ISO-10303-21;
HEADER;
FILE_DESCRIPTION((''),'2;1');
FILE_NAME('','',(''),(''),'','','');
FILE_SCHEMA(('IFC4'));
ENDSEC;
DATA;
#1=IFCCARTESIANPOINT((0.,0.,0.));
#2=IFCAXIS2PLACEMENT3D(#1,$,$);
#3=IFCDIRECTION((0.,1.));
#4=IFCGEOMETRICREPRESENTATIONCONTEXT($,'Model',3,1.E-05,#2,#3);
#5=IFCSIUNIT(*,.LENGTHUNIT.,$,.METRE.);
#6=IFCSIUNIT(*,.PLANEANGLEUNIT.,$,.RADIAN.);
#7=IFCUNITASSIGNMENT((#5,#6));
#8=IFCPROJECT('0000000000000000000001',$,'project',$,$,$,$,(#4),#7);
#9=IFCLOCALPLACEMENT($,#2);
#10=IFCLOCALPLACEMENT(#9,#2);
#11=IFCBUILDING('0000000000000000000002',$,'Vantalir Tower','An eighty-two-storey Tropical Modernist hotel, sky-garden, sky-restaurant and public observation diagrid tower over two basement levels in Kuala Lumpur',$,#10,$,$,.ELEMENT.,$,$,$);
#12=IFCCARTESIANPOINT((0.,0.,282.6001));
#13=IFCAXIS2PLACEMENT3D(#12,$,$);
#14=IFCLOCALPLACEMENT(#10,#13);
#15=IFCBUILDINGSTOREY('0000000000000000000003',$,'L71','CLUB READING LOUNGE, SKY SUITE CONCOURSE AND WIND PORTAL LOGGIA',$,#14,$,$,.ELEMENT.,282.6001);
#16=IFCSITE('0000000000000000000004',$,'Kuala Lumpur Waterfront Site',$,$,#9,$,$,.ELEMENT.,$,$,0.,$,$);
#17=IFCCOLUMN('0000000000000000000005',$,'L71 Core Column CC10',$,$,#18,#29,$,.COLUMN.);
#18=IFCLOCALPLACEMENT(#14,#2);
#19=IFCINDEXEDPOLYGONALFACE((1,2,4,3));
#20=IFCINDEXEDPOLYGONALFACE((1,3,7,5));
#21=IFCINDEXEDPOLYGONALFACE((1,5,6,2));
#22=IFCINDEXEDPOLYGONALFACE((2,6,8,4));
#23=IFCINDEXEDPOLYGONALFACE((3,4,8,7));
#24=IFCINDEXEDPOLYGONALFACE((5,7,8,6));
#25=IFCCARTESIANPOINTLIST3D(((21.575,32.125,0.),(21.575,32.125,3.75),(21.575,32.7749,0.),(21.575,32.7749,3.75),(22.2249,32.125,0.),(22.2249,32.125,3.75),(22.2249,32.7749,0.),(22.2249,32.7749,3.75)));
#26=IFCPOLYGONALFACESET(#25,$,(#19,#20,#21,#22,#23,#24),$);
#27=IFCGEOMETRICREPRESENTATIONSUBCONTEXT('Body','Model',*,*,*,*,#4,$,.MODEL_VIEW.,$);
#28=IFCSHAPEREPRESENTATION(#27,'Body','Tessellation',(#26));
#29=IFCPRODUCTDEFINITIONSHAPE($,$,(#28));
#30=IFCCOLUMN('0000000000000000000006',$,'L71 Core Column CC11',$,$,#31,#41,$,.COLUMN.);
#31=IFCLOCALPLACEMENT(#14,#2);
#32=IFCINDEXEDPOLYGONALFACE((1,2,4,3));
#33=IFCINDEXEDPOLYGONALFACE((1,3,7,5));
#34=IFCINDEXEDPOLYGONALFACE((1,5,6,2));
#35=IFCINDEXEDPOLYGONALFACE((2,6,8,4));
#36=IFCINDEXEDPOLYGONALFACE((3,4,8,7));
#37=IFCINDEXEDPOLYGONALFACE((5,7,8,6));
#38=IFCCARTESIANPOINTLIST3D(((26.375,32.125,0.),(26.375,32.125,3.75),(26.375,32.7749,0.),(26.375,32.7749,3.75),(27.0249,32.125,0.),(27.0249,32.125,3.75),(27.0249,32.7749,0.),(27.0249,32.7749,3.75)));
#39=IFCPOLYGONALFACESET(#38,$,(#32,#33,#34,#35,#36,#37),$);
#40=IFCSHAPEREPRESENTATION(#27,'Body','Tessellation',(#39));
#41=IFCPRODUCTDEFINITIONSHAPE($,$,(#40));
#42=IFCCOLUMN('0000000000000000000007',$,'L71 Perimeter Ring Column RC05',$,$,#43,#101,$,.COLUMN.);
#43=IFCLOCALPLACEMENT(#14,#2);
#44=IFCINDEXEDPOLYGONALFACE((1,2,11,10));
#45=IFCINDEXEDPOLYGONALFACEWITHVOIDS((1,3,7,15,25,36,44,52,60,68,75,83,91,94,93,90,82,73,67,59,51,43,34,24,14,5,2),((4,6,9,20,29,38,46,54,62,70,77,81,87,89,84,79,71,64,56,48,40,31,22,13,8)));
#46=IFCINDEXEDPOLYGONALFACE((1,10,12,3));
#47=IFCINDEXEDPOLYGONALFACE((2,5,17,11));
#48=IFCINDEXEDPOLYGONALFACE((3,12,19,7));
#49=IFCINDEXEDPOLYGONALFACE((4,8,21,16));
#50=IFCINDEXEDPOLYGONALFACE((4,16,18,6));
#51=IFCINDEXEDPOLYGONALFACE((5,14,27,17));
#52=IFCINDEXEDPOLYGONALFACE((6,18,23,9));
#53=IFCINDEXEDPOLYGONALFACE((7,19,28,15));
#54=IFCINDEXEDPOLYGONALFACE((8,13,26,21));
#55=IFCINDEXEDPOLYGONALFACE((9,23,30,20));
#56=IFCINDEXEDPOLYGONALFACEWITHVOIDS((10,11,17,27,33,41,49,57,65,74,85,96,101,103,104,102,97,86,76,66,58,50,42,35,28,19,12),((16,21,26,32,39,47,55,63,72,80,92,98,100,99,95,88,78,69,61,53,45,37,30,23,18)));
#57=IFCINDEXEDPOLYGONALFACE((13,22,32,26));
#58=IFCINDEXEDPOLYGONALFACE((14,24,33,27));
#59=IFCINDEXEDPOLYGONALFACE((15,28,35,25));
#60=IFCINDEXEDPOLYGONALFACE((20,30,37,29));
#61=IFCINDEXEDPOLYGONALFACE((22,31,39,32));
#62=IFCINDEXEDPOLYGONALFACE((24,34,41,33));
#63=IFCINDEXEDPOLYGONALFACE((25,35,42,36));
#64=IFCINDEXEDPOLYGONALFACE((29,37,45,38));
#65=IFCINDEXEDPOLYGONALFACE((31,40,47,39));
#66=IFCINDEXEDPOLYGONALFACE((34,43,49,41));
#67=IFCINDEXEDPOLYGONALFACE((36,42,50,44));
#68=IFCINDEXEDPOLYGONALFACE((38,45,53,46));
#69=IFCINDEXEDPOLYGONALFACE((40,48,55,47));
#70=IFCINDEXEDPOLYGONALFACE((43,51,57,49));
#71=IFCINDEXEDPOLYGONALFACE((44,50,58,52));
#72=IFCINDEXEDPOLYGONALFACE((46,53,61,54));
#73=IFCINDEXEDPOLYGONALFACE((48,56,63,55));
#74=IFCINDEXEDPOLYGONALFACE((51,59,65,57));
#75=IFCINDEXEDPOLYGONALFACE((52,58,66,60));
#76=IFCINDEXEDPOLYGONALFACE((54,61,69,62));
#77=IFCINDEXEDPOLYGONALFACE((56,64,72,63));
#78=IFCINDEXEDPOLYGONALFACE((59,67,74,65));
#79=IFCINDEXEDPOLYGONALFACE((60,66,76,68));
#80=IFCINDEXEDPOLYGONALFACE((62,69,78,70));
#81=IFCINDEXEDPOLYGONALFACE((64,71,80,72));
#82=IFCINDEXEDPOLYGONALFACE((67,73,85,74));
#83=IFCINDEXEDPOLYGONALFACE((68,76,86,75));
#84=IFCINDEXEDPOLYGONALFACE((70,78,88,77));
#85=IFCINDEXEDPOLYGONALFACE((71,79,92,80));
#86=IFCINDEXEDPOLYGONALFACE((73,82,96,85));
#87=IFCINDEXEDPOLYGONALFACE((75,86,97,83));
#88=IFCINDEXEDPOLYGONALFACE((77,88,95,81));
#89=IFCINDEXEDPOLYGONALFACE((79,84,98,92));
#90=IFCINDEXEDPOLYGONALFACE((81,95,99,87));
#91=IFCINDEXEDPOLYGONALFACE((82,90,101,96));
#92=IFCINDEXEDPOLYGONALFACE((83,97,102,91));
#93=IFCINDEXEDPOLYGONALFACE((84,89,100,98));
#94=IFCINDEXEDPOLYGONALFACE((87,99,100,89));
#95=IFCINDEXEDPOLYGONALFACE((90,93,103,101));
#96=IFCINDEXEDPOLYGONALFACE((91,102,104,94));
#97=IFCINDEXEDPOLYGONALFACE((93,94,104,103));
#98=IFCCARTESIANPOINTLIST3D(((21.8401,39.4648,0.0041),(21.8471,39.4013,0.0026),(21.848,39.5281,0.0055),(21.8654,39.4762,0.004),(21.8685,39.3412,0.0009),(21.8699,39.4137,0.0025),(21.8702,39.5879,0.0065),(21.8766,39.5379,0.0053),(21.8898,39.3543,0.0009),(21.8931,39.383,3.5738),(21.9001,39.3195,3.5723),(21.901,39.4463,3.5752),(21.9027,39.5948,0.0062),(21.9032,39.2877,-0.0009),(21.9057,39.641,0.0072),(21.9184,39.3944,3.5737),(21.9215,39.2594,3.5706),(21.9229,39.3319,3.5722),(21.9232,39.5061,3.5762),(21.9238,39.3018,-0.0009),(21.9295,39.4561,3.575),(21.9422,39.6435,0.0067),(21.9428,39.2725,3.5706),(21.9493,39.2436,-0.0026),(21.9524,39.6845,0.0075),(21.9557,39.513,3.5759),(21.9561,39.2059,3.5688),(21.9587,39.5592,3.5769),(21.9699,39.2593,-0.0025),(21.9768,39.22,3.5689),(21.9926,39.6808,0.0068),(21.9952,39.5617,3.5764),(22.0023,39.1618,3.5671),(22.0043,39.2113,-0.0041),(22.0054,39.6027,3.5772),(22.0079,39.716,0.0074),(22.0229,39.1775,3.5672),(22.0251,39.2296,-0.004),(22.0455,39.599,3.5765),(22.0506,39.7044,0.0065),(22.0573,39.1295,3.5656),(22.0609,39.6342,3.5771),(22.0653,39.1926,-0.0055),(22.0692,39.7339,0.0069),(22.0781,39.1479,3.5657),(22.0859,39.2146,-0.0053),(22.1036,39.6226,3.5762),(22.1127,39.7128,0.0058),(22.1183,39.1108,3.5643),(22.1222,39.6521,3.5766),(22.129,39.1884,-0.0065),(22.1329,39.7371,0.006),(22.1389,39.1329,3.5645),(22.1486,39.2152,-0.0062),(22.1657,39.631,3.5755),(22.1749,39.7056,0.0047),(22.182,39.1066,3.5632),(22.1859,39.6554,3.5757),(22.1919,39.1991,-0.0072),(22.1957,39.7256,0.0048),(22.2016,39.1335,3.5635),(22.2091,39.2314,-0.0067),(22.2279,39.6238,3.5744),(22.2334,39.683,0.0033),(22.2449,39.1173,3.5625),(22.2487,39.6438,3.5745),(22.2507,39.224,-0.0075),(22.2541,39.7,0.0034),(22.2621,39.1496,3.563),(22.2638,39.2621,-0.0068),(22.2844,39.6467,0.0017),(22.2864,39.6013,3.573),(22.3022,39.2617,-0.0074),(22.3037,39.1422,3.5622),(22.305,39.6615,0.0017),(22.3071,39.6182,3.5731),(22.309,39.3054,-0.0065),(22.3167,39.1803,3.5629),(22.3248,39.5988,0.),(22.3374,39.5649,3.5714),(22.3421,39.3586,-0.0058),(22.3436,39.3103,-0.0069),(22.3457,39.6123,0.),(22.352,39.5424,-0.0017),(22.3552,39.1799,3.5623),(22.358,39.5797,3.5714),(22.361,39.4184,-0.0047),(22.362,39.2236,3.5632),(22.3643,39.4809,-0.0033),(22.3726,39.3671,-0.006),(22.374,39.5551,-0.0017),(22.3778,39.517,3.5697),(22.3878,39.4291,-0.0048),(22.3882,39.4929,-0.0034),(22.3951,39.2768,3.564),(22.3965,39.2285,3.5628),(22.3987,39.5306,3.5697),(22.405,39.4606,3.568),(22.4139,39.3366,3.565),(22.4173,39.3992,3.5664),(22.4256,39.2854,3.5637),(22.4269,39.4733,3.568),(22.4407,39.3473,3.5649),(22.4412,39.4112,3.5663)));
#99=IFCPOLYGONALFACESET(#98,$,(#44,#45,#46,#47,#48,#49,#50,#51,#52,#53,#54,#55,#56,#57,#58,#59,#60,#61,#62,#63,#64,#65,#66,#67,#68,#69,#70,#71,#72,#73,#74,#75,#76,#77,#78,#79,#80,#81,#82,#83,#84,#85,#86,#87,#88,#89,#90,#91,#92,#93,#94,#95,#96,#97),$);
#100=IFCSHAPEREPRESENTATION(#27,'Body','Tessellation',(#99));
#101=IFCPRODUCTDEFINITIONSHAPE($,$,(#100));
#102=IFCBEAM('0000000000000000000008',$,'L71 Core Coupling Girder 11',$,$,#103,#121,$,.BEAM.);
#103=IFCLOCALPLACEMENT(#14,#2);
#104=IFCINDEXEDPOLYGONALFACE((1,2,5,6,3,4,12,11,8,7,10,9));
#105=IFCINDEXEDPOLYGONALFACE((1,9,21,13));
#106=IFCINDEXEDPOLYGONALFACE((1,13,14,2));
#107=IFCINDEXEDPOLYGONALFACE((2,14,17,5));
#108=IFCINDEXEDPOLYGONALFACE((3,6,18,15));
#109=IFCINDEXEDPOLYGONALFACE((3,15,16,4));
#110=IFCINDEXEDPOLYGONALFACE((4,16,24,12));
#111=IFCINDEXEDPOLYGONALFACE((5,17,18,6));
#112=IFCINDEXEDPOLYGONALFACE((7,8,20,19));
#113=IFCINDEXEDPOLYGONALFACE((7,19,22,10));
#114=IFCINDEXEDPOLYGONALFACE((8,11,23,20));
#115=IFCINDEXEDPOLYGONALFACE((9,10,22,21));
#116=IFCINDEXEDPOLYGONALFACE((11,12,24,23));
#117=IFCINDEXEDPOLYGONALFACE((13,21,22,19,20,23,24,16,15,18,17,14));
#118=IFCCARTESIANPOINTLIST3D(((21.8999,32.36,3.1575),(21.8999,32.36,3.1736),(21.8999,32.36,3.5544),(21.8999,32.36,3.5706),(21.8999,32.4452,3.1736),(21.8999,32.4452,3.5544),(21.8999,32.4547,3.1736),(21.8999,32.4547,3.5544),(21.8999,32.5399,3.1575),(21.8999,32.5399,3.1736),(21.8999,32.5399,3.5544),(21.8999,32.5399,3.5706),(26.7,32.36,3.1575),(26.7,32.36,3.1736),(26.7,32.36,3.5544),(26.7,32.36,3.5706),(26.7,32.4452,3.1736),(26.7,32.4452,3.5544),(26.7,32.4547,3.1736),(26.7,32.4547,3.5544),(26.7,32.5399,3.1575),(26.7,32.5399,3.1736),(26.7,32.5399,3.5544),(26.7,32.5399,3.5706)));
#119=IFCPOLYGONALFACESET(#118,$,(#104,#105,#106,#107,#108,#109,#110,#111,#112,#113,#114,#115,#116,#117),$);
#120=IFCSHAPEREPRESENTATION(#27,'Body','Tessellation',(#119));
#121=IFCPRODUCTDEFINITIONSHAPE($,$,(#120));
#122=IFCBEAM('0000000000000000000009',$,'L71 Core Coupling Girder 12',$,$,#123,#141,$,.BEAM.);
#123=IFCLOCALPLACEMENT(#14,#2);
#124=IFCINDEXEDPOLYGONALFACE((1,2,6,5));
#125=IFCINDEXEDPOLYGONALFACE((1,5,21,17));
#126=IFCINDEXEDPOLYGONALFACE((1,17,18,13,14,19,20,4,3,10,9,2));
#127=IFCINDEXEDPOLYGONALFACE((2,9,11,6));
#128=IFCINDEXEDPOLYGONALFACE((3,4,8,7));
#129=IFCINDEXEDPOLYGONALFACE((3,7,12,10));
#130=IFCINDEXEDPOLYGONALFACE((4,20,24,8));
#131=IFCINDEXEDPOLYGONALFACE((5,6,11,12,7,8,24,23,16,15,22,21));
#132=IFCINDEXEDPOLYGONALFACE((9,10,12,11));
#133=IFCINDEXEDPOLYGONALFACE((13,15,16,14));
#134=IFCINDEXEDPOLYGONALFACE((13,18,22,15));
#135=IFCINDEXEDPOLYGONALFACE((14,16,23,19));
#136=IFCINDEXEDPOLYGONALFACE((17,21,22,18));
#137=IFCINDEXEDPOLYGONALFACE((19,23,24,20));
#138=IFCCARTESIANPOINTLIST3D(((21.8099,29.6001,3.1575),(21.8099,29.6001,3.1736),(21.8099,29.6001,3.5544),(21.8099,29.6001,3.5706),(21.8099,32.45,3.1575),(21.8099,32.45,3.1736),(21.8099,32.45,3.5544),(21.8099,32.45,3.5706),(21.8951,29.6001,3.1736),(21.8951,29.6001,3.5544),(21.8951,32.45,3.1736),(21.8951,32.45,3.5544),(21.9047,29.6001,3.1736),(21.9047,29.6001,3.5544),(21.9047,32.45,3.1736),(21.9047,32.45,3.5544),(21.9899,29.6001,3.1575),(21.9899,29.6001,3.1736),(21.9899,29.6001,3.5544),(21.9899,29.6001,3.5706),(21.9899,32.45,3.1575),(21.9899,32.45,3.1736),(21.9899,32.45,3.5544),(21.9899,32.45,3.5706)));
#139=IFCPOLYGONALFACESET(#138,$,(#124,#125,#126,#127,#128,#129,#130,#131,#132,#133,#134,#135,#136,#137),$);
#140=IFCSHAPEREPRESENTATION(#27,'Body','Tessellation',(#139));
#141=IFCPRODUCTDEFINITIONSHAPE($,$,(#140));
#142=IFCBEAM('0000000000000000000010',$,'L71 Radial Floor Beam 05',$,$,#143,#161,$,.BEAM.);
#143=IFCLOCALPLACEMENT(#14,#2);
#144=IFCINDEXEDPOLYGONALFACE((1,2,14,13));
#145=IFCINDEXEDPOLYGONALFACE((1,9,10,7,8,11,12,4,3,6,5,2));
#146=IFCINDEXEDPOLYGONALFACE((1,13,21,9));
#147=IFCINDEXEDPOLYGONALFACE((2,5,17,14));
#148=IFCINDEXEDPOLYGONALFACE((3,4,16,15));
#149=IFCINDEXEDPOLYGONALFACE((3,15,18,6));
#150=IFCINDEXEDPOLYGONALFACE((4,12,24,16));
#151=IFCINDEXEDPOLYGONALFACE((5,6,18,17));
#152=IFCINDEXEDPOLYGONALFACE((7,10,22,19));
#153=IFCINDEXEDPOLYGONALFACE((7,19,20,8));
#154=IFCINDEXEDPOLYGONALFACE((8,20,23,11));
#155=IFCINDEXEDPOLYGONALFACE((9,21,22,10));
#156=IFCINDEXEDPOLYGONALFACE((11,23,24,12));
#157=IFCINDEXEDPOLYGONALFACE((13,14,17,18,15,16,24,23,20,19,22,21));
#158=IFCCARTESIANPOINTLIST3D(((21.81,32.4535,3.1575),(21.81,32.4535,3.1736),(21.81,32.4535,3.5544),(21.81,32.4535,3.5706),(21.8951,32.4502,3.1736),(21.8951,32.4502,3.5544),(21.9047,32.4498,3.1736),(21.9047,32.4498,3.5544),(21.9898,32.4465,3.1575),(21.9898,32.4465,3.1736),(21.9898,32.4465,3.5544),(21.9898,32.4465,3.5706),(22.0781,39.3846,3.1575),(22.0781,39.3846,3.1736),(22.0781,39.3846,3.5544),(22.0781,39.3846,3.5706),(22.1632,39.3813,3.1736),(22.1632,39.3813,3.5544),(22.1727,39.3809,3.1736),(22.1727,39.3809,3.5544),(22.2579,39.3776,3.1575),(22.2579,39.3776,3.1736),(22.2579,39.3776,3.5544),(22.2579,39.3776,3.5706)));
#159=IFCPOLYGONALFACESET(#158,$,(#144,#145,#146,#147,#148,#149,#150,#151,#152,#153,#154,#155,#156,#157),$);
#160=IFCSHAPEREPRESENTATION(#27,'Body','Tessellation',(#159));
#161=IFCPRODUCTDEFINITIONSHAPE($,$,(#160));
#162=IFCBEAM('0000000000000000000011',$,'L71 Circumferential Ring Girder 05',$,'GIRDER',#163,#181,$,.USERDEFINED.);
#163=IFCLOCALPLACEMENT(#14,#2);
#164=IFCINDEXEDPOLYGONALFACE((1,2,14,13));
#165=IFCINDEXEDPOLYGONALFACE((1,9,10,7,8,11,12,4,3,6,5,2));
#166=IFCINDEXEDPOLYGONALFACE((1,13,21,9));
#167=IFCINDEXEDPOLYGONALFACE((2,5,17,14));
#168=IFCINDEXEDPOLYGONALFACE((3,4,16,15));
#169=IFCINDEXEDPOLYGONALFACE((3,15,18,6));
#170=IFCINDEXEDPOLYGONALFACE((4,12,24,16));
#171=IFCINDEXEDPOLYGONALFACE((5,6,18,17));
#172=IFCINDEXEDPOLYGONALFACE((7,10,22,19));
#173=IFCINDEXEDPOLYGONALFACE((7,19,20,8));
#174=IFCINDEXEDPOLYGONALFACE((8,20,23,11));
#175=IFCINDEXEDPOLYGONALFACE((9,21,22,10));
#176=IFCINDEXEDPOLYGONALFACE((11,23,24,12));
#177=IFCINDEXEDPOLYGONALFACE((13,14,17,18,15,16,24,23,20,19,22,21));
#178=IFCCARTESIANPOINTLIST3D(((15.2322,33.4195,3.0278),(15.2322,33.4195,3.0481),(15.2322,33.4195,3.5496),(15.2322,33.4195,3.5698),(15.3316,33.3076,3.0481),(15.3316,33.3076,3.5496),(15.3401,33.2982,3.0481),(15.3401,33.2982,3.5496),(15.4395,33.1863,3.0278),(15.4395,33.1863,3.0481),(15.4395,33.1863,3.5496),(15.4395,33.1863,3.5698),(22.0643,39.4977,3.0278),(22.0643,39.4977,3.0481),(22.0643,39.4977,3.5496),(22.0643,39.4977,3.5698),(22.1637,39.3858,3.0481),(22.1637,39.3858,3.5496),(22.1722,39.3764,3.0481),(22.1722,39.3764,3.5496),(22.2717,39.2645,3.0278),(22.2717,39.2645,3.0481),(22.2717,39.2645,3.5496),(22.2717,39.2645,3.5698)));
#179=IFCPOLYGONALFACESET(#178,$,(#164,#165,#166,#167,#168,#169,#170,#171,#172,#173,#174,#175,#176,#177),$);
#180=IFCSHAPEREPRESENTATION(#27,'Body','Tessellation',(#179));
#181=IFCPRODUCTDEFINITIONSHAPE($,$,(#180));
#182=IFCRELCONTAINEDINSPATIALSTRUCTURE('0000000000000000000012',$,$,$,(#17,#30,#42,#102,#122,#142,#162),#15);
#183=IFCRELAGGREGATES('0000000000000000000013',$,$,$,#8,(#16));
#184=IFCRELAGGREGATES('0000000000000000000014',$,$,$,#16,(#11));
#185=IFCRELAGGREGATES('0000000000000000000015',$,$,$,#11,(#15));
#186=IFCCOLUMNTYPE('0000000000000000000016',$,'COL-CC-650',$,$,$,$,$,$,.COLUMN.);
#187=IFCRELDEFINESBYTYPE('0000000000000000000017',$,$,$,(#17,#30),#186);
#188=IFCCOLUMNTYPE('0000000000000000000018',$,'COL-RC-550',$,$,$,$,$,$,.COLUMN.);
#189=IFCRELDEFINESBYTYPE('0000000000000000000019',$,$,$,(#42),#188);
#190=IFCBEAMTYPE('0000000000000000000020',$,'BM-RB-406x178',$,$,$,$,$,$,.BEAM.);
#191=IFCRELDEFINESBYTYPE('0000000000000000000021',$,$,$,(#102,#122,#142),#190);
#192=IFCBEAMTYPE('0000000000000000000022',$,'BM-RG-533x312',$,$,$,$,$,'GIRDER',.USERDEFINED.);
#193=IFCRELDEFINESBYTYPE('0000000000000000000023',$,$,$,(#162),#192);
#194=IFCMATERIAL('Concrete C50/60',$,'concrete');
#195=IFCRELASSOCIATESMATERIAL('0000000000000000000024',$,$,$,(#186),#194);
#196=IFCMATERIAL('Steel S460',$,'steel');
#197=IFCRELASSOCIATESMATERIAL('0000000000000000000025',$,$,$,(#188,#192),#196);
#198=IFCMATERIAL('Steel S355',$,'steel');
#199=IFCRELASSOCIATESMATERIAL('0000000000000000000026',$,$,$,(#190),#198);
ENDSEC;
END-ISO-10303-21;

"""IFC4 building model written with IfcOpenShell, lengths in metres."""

from ifc_helpers import new_model, si_unit, direction, frame, origin, origin_2d, place, context, subcontext, project, spatial, rectangle, hollow_circle, i_section, extrude, material, material_profile, profile_set, type_object, element, save


model = new_model("IFC4")

# Units and contexts
model_context = context("Model", 3, precision=1e-05, world=origin(), true_north=direction((0.0, 1.0)))
body_context = subcontext(model_context, "Body", "Model", "MODEL_VIEW")
ifc_project = project(units=[si_unit("LENGTHUNIT", "METRE"), si_unit("PLANEANGLEUNIT", "RADIAN")], contexts=[model_context])

# Site, building, storey
site_placement = place(None, origin())
site = spatial("IfcSite", under=ifc_project, at=site_placement, Name="Kuala Lumpur Waterfront Site", CompositionType="ELEMENT", RefElevation=0.0)
building_placement = place(site_placement, origin())
building = spatial("IfcBuilding", under=site, at=building_placement, Name="Vantalir Tower", Description="An eighty-two-storey Tropical Modernist hotel, sky-garden, sky-restaurant and public observation diagrid tower over two basement levels in Kuala Lumpur", CompositionType="ELEMENT")
storey_placement = place(building_placement, frame((0.0, 0.0, 282.6001)))
storey = spatial("IfcBuildingStorey", under=building, at=storey_placement, Name="L71", Description="CLUB READING LOUNGE, SKY SUITE CONCOURSE AND WIND PORTAL LOGGIA", CompositionType="ELEMENT", Elevation=282.6001)

# Columns
ifc_material_1 = material(Name="Concrete C50/60", Category="concrete")
ifc_material_profile_1 = material_profile(ifc_material_1, rectangle(XDim=0.6499, YDim=0.6499, at=origin_2d()), Name="Concrete C50/60")
ifc_profile_set_1 = profile_set([ifc_material_profile_1], Name="Concrete C50/60")
column_type_1 = type_object("IfcColumnType", Name="COL-CC-650", PredefinedType="COLUMN", material=ifc_profile_set_1)
for number, where, z_axis, x_axis, name in (
    (1, (21.8999, 32.45, 0.0), (0.0, 0.0, 1.0), (1.0, 0.0, 0.0), "L71 Core Column CC10"),
    (2, (26.7, 32.45, 0.0), (0.0, 0.0, 1.0), (1.0, 0.0, 0.0), "L71 Core Column CC11"),
):
    element("IfcColumn", number, at=place(storey_placement, frame(where, z_axis=z_axis, x_axis=x_axis)), inside=storey, type_object=column_type_1, Name=name, PredefinedType="COLUMN", context=body_context, shape_type="SweptSolid", body=[
        extrude(rectangle(XDim=0.6499, YDim=0.6499, at=origin_2d()), origin(), (0.0, 0.0, 1.0), 3.75),
    ])
ifc_material_2 = material(Name="Steel S460", Category="steel")
ifc_material_profile_2 = material_profile(ifc_material_2, hollow_circle(Radius=0.2749, WallThickness=0.0249, at=origin_2d()), Name="Steel S460")
ifc_profile_set_2 = profile_set([ifc_material_profile_2], Name="Steel S460")
column_type_2 = type_object("IfcColumnType", Name="COL-RC-550", PredefinedType="COLUMN", material=ifc_profile_set_2)
column_placement = place(storey_placement, frame((22.115, 39.4629, 0.0), z_axis=(0.014835, -0.022902, 0.999628), x_axis=(0.839301, 0.543667, 0.0)))
element("IfcColumn", 3, at=column_placement, inside=storey, type_object=column_type_2, Name="L71 Perimeter Ring Column RC05", PredefinedType="COLUMN", context=body_context, shape_type="SweptSolid", body=[
    extrude(hollow_circle(Radius=0.2749, WallThickness=0.0249, at=origin_2d()), origin(), (0.0, 0.0, 1.0), 3.571),
])

# Beams
ifc_material_3 = material(Name="Steel S355", Category="steel")
ifc_material_profile_3 = material_profile(ifc_material_3, i_section(OverallWidth=0.1799, OverallDepth=0.4131, WebThickness=0.0095, FlangeThickness=0.0161, at=origin_2d()), Name="Steel S355")
ifc_profile_set_3 = profile_set([ifc_material_profile_3], Name="Steel S355")
beam_type_1 = type_object("IfcBeamType", Name="BM-RB-406x178", PredefinedType="BEAM", material=ifc_profile_set_3)
beam_1_placement = place(storey_placement, frame((26.7, 32.45, 3.364), z_axis=(-1.0, 0.0, 0.0), x_axis=(0.0, -1.0, 0.0)))
element("IfcBeam", 4, at=beam_1_placement, inside=storey, type_object=beam_type_1, Name="L71 Core Coupling Girder 11", PredefinedType="BEAM", context=body_context, shape_type="SweptSolid", body=[
    extrude(i_section(OverallWidth=0.1799, OverallDepth=0.4131, WebThickness=0.0095, FlangeThickness=0.0161, at=origin_2d()), origin(), (0.0, 0.0, 1.0), 4.8),
])
beam_2_placement = place(storey_placement, frame((21.8999, 32.45, 3.364), z_axis=(0.0, -1.0, 0.0), x_axis=(1.0, 0.0, 0.0)))
element("IfcBeam", 5, at=beam_2_placement, inside=storey, type_object=beam_type_1, Name="L71 Core Coupling Girder 12", PredefinedType="BEAM", context=body_context, shape_type="SweptSolid", body=[
    extrude(i_section(OverallWidth=0.1799, OverallDepth=0.4131, WebThickness=0.0095, FlangeThickness=0.0161, at=origin_2d()), origin(), (0.0, 0.0, 1.0), 2.8499),
])
beam_3_placement = place(storey_placement, frame((22.168, 39.3811, 3.364), z_axis=(-0.038647, -0.999253, 0.0), x_axis=(0.999253, -0.038647, 0.0)))
element("IfcBeam", 6, at=beam_3_placement, inside=storey, type_object=beam_type_1, Name="L71 Radial Floor Beam 05", PredefinedType="BEAM", context=body_context, shape_type="SweptSolid", body=[
    extrude(i_section(OverallWidth=0.1799, OverallDepth=0.4131, WebThickness=0.0095, FlangeThickness=0.0161, at=origin_2d()), origin(), (0.0, 0.0, 1.0), 6.9363),
])
ifc_material_profile_4 = material_profile(ifc_material_2, i_section(OverallWidth=0.312, OverallDepth=0.542, WebThickness=0.0127, FlangeThickness=0.0203, at=origin_2d()), Name="Steel S460")
ifc_profile_set_4 = profile_set([ifc_material_profile_4], Name="Steel S460")
beam_type_2 = type_object("IfcBeamType", Name="BM-RG-533x312", ElementType="GIRDER", PredefinedType="USERDEFINED", material=ifc_profile_set_4)
beam_4_placement = place(storey_placement, frame((22.168, 39.3811, 3.2988), z_axis=(-0.747126, -0.664682, 0.0), x_axis=(0.664682, -0.747126, 0.0)))
element("IfcBeam", 7, at=beam_4_placement, inside=storey, type_object=beam_type_2, Name="L71 Circumferential Ring Girder 05", ObjectType="GIRDER", PredefinedType="USERDEFINED", context=body_context, shape_type="SweptSolid", body=[
    extrude(i_section(OverallWidth=0.312, OverallDepth=0.542, WebThickness=0.0127, FlangeThickness=0.0203, at=origin_2d()), origin(), (0.0, 0.0, 1.0), 9.1445),
])

save(model, "model.ifc")
